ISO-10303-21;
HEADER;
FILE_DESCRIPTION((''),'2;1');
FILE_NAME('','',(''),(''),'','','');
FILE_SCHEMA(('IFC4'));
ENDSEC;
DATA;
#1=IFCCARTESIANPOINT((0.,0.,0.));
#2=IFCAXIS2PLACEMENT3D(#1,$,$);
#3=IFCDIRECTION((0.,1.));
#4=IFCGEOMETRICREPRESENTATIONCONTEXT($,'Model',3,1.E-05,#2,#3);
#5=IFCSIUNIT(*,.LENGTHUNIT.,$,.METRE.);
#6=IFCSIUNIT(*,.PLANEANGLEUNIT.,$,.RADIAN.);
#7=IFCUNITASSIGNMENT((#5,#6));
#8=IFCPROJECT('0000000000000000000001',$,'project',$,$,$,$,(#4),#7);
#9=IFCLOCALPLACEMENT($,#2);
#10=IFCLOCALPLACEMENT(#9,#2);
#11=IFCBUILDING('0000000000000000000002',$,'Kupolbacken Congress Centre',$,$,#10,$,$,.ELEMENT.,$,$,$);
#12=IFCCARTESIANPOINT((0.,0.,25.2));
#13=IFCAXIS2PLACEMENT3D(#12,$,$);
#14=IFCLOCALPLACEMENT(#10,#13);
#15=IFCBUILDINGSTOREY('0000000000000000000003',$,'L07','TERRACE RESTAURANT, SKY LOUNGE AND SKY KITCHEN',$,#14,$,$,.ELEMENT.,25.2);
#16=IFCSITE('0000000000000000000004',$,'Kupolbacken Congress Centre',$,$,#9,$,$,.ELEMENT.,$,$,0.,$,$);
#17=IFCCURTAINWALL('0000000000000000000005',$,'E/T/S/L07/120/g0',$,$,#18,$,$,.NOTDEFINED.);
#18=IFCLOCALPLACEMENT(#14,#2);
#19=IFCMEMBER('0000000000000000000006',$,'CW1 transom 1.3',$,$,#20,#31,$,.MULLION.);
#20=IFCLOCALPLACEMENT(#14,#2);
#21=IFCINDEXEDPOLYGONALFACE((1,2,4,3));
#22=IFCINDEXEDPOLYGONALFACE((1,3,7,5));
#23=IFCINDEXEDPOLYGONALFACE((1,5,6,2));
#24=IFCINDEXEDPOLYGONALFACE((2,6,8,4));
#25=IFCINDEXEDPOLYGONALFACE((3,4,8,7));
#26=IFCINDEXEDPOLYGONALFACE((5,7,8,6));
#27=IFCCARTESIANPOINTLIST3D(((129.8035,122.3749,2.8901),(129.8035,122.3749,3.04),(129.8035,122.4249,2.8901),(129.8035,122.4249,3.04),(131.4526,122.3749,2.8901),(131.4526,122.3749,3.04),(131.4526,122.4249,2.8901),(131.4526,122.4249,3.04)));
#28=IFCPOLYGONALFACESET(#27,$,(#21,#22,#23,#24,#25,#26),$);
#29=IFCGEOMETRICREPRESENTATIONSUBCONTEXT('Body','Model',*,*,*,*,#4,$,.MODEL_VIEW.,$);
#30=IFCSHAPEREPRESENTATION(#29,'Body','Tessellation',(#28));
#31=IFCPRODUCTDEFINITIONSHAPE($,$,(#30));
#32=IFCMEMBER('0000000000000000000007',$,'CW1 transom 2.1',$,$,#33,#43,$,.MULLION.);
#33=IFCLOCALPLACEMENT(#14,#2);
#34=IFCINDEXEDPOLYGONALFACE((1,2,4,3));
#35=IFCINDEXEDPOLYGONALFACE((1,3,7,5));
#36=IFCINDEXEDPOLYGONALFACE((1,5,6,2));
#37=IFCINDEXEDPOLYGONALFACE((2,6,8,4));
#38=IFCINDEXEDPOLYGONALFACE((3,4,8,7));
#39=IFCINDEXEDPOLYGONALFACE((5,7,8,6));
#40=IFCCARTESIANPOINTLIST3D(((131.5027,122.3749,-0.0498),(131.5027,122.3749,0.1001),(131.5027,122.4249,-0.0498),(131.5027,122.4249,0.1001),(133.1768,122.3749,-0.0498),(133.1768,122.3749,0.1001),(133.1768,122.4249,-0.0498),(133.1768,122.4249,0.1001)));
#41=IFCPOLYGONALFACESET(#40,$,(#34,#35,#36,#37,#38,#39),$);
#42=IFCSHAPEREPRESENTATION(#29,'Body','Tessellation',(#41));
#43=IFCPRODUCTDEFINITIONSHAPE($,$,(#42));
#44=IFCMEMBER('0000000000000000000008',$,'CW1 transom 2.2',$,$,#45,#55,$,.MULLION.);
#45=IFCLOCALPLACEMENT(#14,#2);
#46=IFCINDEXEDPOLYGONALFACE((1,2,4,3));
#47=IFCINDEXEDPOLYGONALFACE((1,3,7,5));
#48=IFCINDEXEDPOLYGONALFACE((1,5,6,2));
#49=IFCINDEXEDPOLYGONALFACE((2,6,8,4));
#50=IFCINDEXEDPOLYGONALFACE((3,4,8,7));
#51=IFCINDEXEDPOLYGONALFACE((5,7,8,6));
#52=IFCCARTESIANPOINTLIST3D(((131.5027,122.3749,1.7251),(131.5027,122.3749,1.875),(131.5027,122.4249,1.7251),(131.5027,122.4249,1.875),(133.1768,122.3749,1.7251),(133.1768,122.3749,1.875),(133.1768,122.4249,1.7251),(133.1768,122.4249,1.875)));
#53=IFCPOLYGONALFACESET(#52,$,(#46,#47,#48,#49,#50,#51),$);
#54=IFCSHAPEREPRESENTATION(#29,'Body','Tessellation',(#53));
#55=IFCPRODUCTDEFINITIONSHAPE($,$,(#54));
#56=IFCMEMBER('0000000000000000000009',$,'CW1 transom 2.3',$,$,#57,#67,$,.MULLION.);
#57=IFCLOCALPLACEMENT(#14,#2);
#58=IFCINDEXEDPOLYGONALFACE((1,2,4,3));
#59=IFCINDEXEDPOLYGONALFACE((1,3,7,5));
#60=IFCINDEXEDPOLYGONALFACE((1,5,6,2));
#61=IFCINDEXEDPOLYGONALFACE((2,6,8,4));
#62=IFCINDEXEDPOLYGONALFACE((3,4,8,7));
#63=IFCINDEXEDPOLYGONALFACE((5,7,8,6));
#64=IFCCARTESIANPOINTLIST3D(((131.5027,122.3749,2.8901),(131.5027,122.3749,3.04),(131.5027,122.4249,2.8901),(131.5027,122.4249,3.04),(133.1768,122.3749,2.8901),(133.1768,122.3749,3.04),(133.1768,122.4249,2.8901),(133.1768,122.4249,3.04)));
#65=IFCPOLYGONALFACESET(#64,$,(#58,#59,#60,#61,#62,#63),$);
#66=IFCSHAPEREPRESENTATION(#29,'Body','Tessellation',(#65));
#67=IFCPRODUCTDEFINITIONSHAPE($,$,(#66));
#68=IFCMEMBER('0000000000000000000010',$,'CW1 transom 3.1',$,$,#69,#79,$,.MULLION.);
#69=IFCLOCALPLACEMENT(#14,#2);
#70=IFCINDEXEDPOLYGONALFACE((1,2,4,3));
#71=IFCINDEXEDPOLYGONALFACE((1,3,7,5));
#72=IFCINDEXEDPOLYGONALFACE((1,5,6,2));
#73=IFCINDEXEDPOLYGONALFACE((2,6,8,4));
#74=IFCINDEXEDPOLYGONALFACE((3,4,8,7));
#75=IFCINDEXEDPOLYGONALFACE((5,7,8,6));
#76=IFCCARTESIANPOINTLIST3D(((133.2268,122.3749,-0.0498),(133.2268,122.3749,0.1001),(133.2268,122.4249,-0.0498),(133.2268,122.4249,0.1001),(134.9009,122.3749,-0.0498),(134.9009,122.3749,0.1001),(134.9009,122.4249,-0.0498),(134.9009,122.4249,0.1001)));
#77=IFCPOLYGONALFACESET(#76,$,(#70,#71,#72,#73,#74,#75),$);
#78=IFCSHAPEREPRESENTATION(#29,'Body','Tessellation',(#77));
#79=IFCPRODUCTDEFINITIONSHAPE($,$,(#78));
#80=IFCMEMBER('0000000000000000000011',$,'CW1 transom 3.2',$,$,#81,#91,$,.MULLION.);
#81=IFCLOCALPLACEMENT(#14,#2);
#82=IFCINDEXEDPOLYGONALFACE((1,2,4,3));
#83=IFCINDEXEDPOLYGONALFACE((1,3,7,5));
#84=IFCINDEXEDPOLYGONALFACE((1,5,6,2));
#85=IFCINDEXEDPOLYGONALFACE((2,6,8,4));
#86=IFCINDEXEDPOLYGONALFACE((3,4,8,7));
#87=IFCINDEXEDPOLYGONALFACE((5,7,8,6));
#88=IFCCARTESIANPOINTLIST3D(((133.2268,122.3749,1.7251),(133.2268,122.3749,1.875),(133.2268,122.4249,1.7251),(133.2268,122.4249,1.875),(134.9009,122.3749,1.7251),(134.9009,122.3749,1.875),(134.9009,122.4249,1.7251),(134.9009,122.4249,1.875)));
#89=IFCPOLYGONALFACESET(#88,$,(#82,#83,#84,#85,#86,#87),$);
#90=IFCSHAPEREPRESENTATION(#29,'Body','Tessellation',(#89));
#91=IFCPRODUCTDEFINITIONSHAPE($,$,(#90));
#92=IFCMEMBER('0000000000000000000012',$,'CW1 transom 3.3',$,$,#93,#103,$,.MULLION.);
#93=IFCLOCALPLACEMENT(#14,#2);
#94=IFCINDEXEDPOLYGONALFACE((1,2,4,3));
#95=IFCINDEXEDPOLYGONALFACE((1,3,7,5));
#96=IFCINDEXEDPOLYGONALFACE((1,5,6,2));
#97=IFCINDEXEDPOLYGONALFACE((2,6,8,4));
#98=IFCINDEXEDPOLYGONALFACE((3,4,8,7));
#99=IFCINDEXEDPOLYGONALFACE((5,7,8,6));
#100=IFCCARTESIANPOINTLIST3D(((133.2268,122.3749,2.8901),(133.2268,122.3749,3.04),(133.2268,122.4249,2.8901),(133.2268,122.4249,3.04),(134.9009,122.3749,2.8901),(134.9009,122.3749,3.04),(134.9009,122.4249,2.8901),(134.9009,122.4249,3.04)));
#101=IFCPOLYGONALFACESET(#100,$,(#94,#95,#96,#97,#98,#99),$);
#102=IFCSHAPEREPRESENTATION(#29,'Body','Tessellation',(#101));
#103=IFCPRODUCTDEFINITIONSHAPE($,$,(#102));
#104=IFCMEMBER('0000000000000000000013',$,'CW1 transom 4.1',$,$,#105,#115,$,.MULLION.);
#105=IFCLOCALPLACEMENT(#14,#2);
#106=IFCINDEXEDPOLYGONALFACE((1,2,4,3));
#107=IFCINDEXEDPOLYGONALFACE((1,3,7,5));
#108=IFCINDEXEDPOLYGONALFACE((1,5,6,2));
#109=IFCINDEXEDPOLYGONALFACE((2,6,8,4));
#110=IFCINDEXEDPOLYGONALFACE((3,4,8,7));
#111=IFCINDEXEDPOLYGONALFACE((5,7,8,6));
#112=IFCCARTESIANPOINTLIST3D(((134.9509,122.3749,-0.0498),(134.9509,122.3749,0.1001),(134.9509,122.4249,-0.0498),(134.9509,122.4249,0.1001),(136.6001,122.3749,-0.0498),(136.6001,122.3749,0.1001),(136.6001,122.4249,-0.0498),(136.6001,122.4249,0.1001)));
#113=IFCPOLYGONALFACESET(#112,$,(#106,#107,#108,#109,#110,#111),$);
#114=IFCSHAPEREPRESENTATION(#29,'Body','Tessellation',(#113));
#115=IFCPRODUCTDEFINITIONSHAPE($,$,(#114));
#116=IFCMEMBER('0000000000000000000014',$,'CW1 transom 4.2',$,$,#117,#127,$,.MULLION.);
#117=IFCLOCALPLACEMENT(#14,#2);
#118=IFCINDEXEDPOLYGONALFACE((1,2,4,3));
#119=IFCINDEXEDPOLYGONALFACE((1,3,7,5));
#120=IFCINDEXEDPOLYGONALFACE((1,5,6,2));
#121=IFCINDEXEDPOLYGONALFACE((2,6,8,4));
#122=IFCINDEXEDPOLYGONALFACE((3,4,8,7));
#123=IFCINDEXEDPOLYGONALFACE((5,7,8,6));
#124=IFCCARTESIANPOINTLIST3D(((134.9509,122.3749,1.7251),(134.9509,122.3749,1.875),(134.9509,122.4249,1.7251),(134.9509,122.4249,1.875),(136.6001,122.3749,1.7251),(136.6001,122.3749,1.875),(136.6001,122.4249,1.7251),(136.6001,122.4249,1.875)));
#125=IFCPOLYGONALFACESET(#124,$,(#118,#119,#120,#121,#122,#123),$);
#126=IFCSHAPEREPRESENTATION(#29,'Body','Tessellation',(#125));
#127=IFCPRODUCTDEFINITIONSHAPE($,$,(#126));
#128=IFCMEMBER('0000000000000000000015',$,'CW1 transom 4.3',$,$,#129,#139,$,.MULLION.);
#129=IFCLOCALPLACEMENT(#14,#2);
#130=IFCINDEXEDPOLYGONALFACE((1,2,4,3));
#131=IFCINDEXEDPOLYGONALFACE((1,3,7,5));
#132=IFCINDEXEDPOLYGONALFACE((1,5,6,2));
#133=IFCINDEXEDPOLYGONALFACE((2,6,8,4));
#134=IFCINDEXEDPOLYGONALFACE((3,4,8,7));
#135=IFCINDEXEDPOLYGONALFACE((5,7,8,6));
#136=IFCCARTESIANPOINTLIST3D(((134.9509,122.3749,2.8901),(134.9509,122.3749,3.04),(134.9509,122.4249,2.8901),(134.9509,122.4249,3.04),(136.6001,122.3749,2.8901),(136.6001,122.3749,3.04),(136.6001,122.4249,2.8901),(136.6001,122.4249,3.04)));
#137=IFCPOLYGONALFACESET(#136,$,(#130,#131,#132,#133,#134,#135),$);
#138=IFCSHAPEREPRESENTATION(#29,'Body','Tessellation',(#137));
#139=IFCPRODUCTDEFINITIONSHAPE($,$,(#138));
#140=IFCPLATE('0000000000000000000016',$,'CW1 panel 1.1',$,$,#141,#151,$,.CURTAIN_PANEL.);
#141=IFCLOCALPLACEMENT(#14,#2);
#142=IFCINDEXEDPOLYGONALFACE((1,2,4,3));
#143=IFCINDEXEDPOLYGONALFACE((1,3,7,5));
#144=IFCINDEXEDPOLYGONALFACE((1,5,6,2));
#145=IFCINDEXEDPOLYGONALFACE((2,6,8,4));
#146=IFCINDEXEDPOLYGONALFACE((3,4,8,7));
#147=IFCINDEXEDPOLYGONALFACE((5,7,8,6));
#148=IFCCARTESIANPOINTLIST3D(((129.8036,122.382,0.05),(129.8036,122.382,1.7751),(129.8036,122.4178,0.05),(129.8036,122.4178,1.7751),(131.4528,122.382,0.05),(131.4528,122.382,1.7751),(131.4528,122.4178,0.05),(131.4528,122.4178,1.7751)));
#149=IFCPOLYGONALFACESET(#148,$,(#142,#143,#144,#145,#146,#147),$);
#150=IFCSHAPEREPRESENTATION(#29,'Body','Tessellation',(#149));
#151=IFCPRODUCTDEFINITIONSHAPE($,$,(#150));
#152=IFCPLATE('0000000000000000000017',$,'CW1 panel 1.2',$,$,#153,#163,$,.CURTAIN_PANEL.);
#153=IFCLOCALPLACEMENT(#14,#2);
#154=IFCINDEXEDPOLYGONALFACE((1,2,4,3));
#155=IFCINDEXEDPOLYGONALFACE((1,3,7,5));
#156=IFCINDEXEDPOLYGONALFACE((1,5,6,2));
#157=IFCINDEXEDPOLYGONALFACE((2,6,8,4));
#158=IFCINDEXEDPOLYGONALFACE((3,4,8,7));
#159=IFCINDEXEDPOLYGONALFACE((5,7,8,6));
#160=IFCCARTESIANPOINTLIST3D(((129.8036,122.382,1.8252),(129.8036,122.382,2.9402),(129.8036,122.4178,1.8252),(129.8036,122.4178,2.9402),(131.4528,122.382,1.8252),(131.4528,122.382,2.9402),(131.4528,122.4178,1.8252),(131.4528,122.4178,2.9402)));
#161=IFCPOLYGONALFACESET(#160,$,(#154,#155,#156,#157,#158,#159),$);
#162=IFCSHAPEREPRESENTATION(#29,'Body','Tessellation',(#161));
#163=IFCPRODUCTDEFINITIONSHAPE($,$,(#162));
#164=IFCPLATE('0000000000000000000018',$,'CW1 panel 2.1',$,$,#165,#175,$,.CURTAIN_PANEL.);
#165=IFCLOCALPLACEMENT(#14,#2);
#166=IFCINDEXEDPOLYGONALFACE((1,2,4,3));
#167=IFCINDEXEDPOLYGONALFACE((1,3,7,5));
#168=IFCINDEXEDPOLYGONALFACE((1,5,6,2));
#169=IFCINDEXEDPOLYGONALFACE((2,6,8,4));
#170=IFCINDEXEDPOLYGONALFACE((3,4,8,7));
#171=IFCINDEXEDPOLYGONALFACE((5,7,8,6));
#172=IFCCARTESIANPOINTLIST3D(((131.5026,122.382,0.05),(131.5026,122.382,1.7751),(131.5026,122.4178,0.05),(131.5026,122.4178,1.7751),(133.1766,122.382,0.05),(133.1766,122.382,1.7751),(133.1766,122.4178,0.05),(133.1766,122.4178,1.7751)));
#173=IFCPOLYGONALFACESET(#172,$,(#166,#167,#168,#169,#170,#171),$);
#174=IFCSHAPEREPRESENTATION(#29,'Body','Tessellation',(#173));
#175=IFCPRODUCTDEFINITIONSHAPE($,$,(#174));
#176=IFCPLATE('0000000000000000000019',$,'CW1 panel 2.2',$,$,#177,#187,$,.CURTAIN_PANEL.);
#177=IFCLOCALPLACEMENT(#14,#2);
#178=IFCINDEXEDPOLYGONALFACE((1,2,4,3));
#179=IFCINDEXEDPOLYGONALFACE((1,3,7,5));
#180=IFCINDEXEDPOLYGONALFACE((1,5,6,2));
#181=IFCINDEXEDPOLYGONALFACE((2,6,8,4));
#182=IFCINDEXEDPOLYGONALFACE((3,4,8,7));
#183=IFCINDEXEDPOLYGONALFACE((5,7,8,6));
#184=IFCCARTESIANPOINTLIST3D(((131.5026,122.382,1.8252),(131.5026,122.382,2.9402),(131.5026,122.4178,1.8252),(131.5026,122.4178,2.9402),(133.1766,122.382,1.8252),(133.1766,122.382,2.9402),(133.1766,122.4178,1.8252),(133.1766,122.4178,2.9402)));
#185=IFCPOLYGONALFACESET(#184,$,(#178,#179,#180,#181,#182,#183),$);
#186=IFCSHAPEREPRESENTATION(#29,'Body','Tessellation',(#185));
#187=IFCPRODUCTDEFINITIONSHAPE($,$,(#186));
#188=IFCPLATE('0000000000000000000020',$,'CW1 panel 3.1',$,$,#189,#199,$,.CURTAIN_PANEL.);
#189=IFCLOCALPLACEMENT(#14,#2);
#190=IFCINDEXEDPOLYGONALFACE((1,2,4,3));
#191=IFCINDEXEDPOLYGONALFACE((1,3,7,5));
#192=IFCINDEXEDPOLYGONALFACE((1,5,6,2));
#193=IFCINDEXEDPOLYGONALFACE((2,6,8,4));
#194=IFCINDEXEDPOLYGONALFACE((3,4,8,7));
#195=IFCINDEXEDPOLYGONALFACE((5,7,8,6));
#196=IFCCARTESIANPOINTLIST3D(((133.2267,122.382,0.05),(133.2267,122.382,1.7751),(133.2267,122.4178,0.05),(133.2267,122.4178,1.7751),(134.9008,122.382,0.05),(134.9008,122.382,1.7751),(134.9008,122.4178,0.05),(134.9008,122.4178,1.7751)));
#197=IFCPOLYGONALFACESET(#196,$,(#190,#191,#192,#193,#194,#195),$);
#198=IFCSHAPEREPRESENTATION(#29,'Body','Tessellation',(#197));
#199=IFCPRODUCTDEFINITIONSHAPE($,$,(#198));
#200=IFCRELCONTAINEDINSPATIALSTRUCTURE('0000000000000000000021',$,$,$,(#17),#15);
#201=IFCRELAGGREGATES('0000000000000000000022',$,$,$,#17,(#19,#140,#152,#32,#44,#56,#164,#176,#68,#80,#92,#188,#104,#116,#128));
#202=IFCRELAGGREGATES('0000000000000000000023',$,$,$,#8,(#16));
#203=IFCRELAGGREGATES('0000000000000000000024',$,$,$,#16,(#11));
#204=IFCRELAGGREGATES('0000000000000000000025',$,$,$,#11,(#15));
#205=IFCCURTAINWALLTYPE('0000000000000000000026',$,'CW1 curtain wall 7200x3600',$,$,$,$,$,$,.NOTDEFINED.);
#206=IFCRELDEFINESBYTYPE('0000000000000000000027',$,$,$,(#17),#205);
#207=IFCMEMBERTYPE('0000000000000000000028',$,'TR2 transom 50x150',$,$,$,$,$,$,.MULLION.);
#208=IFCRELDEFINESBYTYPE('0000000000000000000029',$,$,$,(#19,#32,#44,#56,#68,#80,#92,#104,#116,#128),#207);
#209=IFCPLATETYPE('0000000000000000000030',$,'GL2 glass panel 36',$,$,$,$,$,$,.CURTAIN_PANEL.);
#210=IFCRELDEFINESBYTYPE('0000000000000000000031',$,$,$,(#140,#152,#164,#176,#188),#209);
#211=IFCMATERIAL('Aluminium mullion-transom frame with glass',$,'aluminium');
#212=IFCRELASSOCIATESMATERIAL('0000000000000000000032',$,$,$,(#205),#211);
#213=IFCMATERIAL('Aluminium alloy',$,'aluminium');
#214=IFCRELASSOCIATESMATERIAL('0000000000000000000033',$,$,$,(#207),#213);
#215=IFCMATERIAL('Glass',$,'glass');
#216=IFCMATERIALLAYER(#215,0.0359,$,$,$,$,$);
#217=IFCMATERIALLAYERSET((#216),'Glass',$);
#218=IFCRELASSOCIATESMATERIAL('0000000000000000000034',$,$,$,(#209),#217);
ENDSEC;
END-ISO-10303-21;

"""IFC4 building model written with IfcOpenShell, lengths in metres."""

from ifc_helpers import new_model, si_unit, direction, frame, origin, origin_2d, place, context, subcontext, project, spatial, rectangle, extrude, material, layer, layer_set, material_profile, profile_set, type_object, element, aggregate, save


model = new_model("IFC4")

# Units and contexts
model_context = context("Model", 3, precision=1e-05, world=origin(), true_north=direction((0.0, 1.0)))
body_context = subcontext(model_context, "Body", "Model", "MODEL_VIEW")
ifc_project = project(units=[si_unit("LENGTHUNIT", "METRE"), si_unit("PLANEANGLEUNIT", "RADIAN")], contexts=[model_context])

# Site, building, storey
site_placement = place(None, origin())
site = spatial("IfcSite", under=ifc_project, at=site_placement, Name="Kupolbacken Congress Centre", CompositionType="ELEMENT", RefElevation=0.0)
building_placement = place(site_placement, origin())
building = spatial("IfcBuilding", under=site, at=building_placement, Name="Kupolbacken Congress Centre", CompositionType="ELEMENT")
storey_placement = place(building_placement, frame((0.0, 0.0, 25.2)))
storey = spatial("IfcBuildingStorey", under=building, at=storey_placement, Name="L07", Description="TERRACE RESTAURANT, SKY LOUNGE AND SKY KITCHEN", CompositionType="ELEMENT", Elevation=25.2)

# Shared definitions
ifc_material_1 = material(Name="Aluminium mullion-transom frame with glass", Category="aluminium")
curtain_wall_type = type_object("IfcCurtainWallType", Name="CW1 curtain wall 7200x3600", PredefinedType="NOTDEFINED", material=ifc_material_1)

# Curtain wall
curtain_wall_1_placement = place(storey_placement, origin())
curtain_wall_1 = element("IfcCurtainWall", 1, at=curtain_wall_1_placement, inside=storey, type_object=curtain_wall_type, Name="E/T/S/L07/120/g0", PredefinedType="NOTDEFINED")

# Members
ifc_material_2 = material(Name="Aluminium alloy", Category="aluminium")
ifc_material_profile_1 = material_profile(ifc_material_2, rectangle(XDim=0.05, YDim=0.1499, at=origin_2d()), Name="50 x 150")
ifc_profile_set_1 = profile_set([ifc_material_profile_1], Name="Aluminium alloy")
member_type_1 = type_object("IfcMemberType", Name="TR2 transom 50x150", PredefinedType="MULLION", material=ifc_profile_set_1)
member_1_placement = place(storey_placement, frame((129.8035, 122.3999, 2.9651), z_axis=(1.0, 0.0, 0.0), x_axis=(0.0, 1.0, 0.0)))
member_1 = element("IfcMember", 2, at=member_1_placement, type_object=member_type_1, Name="CW1 transom 1.3", PredefinedType="MULLION", context=body_context, shape_type="SweptSolid", body=[
    extrude(rectangle(XDim=0.05, YDim=0.1499, at=origin_2d()), origin(), (0.0, 0.0, 1.0), 1.6492),
])
member_2_placement = place(storey_placement, frame((131.5027, 122.3999, 0.0251), z_axis=(1.0, 0.0, 0.0), x_axis=(0.0, 1.0, 0.0)))
member_2 = element("IfcMember", 3, at=member_2_placement, type_object=member_type_1, Name="CW1 transom 2.1", PredefinedType="MULLION", context=body_context, shape_type="SweptSolid", body=[
    extrude(rectangle(XDim=0.05, YDim=0.1499, at=origin_2d()), origin(), (0.0, 0.0, 1.0), 1.6741),
])
member_3_placement = place(storey_placement, frame((131.5027, 122.3999, 1.8), z_axis=(1.0, 0.0, 0.0), x_axis=(0.0, 1.0, 0.0)))
member_3 = element("IfcMember", 4, at=member_3_placement, type_object=member_type_1, Name="CW1 transom 2.2", PredefinedType="MULLION", context=body_context, shape_type="SweptSolid", body=[
    extrude(rectangle(XDim=0.05, YDim=0.1499, at=origin_2d()), origin(), (0.0, 0.0, 1.0), 1.6741),
])
member_4_placement = place(storey_placement, frame((131.5027, 122.3999, 2.9651), z_axis=(1.0, 0.0, 0.0), x_axis=(0.0, 1.0, 0.0)))
member_4 = element("IfcMember", 5, at=member_4_placement, type_object=member_type_1, Name="CW1 transom 2.3", PredefinedType="MULLION", context=body_context, shape_type="SweptSolid", body=[
    extrude(rectangle(XDim=0.05, YDim=0.1499, at=origin_2d()), origin(), (0.0, 0.0, 1.0), 1.6741),
])
member_5_placement = place(storey_placement, frame((133.2268, 122.3999, 0.0251), z_axis=(1.0, 0.0, 0.0), x_axis=(0.0, 1.0, 0.0)))
member_5 = element("IfcMember", 6, at=member_5_placement, type_object=member_type_1, Name="CW1 transom 3.1", PredefinedType="MULLION", context=body_context, shape_type="SweptSolid", body=[
    extrude(rectangle(XDim=0.05, YDim=0.1499, at=origin_2d()), origin(), (0.0, 0.0, 1.0), 1.6741),
])
member_6_placement = place(storey_placement, frame((133.2268, 122.3999, 1.8), z_axis=(1.0, 0.0, 0.0), x_axis=(0.0, 1.0, 0.0)))
member_6 = element("IfcMember", 7, at=member_6_placement, type_object=member_type_1, Name="CW1 transom 3.2", PredefinedType="MULLION", context=body_context, shape_type="SweptSolid", body=[
    extrude(rectangle(XDim=0.05, YDim=0.1499, at=origin_2d()), origin(), (0.0, 0.0, 1.0), 1.6741),
])
member_7_placement = place(storey_placement, frame((133.2268, 122.3999, 2.9651), z_axis=(1.0, 0.0, 0.0), x_axis=(0.0, 1.0, 0.0)))
member_7 = element("IfcMember", 8, at=member_7_placement, type_object=member_type_1, Name="CW1 transom 3.3", PredefinedType="MULLION", context=body_context, shape_type="SweptSolid", body=[
    extrude(rectangle(XDim=0.05, YDim=0.1499, at=origin_2d()), origin(), (0.0, 0.0, 1.0), 1.6741),
])
member_8_placement = place(storey_placement, frame((134.9509, 122.3999, 0.0251), z_axis=(1.0, 0.0, 0.0), x_axis=(0.0, 1.0, 0.0)))
member_8 = element("IfcMember", 9, at=member_8_placement, type_object=member_type_1, Name="CW1 transom 4.1", PredefinedType="MULLION", context=body_context, shape_type="SweptSolid", body=[
    extrude(rectangle(XDim=0.05, YDim=0.1499, at=origin_2d()), origin(), (0.0, 0.0, 1.0), 1.6492),
])
member_9_placement = place(storey_placement, frame((134.9509, 122.3999, 1.8), z_axis=(1.0, 0.0, 0.0), x_axis=(0.0, 1.0, 0.0)))
member_9 = element("IfcMember", 10, at=member_9_placement, type_object=member_type_1, Name="CW1 transom 4.2", PredefinedType="MULLION", context=body_context, shape_type="SweptSolid", body=[
    extrude(rectangle(XDim=0.05, YDim=0.1499, at=origin_2d()), origin(), (0.0, 0.0, 1.0), 1.6492),
])
member_10_placement = place(storey_placement, frame((134.9509, 122.3999, 2.9651), z_axis=(1.0, 0.0, 0.0), x_axis=(0.0, 1.0, 0.0)))
member_10 = element("IfcMember", 11, at=member_10_placement, type_object=member_type_1, Name="CW1 transom 4.3", PredefinedType="MULLION", context=body_context, shape_type="SweptSolid", body=[
    extrude(rectangle(XDim=0.05, YDim=0.1499, at=origin_2d()), origin(), (0.0, 0.0, 1.0), 1.6492),
])

# Plates
ifc_material_3 = material(Name="Glass", Category="glass")
ifc_layer_1 = layer(ifc_material_3, 0.0359)
ifc_layer_set_1 = layer_set([ifc_layer_1], Name="Glass")
plate_type = type_object("IfcPlateType", Name="GL2 glass panel 36", PredefinedType="CURTAIN_PANEL", material=ifc_layer_set_1)
plate_1_placement = place(storey_placement, frame((130.6282, 122.3999, 0.05), z_axis=(0.0, 0.0, 1.0), x_axis=(1.0, 0.0, 0.0)))
plate_1 = element("IfcPlate", 12, at=plate_1_placement, type_object=plate_type, Name="CW1 panel 1.1", PredefinedType="CURTAIN_PANEL", context=body_context, shape_type="SweptSolid", body=[
    extrude(rectangle(XDim=1.6492, YDim=0.0359, at=origin_2d()), origin(), (0.0, 0.0, 1.0), 1.7251),
])
plate_2_placement = place(storey_placement, frame((130.6282, 122.3999, 1.8252), z_axis=(0.0, 0.0, 1.0), x_axis=(1.0, 0.0, 0.0)))
plate_2 = element("IfcPlate", 13, at=plate_2_placement, type_object=plate_type, Name="CW1 panel 1.2", PredefinedType="CURTAIN_PANEL", context=body_context, shape_type="SweptSolid", body=[
    extrude(rectangle(XDim=1.6492, YDim=0.0359, at=origin_2d()), origin(), (0.0, 0.0, 1.0), 1.115),
])
plate_3_placement = place(storey_placement, frame((132.3396, 122.3999, 0.05), z_axis=(0.0, 0.0, 1.0), x_axis=(1.0, 0.0, 0.0)))
plate_3 = element("IfcPlate", 14, at=plate_3_placement, type_object=plate_type, Name="CW1 panel 2.1", PredefinedType="CURTAIN_PANEL", context=body_context, shape_type="SweptSolid", body=[
    extrude(rectangle(XDim=1.6741, YDim=0.0359, at=origin_2d()), origin(), (0.0, 0.0, 1.0), 1.7251),
])
plate_4_placement = place(storey_placement, frame((132.3396, 122.3999, 1.8252), z_axis=(0.0, 0.0, 1.0), x_axis=(1.0, 0.0, 0.0)))
plate_4 = element("IfcPlate", 15, at=plate_4_placement, type_object=plate_type, Name="CW1 panel 2.2", PredefinedType="CURTAIN_PANEL", context=body_context, shape_type="SweptSolid", body=[
    extrude(rectangle(XDim=1.6741, YDim=0.0359, at=origin_2d()), origin(), (0.0, 0.0, 1.0), 1.115),
])
plate_5_placement = place(storey_placement, frame((134.0637, 122.3999, 0.05), z_axis=(0.0, 0.0, 1.0), x_axis=(1.0, 0.0, 0.0)))
plate_5 = element("IfcPlate", 16, at=plate_5_placement, type_object=plate_type, Name="CW1 panel 3.1", PredefinedType="CURTAIN_PANEL", context=body_context, shape_type="SweptSolid", body=[
    extrude(rectangle(XDim=1.6741, YDim=0.0359, at=origin_2d()), origin(), (0.0, 0.0, 1.0), 1.7251),
])
aggregate(curtain_wall_1, [member_1, plate_1, plate_2, member_2, member_3, member_4, plate_3, plate_4, member_5, member_6, member_7, plate_5, member_8, member_9, member_10])

save(model, "model.ifc")
